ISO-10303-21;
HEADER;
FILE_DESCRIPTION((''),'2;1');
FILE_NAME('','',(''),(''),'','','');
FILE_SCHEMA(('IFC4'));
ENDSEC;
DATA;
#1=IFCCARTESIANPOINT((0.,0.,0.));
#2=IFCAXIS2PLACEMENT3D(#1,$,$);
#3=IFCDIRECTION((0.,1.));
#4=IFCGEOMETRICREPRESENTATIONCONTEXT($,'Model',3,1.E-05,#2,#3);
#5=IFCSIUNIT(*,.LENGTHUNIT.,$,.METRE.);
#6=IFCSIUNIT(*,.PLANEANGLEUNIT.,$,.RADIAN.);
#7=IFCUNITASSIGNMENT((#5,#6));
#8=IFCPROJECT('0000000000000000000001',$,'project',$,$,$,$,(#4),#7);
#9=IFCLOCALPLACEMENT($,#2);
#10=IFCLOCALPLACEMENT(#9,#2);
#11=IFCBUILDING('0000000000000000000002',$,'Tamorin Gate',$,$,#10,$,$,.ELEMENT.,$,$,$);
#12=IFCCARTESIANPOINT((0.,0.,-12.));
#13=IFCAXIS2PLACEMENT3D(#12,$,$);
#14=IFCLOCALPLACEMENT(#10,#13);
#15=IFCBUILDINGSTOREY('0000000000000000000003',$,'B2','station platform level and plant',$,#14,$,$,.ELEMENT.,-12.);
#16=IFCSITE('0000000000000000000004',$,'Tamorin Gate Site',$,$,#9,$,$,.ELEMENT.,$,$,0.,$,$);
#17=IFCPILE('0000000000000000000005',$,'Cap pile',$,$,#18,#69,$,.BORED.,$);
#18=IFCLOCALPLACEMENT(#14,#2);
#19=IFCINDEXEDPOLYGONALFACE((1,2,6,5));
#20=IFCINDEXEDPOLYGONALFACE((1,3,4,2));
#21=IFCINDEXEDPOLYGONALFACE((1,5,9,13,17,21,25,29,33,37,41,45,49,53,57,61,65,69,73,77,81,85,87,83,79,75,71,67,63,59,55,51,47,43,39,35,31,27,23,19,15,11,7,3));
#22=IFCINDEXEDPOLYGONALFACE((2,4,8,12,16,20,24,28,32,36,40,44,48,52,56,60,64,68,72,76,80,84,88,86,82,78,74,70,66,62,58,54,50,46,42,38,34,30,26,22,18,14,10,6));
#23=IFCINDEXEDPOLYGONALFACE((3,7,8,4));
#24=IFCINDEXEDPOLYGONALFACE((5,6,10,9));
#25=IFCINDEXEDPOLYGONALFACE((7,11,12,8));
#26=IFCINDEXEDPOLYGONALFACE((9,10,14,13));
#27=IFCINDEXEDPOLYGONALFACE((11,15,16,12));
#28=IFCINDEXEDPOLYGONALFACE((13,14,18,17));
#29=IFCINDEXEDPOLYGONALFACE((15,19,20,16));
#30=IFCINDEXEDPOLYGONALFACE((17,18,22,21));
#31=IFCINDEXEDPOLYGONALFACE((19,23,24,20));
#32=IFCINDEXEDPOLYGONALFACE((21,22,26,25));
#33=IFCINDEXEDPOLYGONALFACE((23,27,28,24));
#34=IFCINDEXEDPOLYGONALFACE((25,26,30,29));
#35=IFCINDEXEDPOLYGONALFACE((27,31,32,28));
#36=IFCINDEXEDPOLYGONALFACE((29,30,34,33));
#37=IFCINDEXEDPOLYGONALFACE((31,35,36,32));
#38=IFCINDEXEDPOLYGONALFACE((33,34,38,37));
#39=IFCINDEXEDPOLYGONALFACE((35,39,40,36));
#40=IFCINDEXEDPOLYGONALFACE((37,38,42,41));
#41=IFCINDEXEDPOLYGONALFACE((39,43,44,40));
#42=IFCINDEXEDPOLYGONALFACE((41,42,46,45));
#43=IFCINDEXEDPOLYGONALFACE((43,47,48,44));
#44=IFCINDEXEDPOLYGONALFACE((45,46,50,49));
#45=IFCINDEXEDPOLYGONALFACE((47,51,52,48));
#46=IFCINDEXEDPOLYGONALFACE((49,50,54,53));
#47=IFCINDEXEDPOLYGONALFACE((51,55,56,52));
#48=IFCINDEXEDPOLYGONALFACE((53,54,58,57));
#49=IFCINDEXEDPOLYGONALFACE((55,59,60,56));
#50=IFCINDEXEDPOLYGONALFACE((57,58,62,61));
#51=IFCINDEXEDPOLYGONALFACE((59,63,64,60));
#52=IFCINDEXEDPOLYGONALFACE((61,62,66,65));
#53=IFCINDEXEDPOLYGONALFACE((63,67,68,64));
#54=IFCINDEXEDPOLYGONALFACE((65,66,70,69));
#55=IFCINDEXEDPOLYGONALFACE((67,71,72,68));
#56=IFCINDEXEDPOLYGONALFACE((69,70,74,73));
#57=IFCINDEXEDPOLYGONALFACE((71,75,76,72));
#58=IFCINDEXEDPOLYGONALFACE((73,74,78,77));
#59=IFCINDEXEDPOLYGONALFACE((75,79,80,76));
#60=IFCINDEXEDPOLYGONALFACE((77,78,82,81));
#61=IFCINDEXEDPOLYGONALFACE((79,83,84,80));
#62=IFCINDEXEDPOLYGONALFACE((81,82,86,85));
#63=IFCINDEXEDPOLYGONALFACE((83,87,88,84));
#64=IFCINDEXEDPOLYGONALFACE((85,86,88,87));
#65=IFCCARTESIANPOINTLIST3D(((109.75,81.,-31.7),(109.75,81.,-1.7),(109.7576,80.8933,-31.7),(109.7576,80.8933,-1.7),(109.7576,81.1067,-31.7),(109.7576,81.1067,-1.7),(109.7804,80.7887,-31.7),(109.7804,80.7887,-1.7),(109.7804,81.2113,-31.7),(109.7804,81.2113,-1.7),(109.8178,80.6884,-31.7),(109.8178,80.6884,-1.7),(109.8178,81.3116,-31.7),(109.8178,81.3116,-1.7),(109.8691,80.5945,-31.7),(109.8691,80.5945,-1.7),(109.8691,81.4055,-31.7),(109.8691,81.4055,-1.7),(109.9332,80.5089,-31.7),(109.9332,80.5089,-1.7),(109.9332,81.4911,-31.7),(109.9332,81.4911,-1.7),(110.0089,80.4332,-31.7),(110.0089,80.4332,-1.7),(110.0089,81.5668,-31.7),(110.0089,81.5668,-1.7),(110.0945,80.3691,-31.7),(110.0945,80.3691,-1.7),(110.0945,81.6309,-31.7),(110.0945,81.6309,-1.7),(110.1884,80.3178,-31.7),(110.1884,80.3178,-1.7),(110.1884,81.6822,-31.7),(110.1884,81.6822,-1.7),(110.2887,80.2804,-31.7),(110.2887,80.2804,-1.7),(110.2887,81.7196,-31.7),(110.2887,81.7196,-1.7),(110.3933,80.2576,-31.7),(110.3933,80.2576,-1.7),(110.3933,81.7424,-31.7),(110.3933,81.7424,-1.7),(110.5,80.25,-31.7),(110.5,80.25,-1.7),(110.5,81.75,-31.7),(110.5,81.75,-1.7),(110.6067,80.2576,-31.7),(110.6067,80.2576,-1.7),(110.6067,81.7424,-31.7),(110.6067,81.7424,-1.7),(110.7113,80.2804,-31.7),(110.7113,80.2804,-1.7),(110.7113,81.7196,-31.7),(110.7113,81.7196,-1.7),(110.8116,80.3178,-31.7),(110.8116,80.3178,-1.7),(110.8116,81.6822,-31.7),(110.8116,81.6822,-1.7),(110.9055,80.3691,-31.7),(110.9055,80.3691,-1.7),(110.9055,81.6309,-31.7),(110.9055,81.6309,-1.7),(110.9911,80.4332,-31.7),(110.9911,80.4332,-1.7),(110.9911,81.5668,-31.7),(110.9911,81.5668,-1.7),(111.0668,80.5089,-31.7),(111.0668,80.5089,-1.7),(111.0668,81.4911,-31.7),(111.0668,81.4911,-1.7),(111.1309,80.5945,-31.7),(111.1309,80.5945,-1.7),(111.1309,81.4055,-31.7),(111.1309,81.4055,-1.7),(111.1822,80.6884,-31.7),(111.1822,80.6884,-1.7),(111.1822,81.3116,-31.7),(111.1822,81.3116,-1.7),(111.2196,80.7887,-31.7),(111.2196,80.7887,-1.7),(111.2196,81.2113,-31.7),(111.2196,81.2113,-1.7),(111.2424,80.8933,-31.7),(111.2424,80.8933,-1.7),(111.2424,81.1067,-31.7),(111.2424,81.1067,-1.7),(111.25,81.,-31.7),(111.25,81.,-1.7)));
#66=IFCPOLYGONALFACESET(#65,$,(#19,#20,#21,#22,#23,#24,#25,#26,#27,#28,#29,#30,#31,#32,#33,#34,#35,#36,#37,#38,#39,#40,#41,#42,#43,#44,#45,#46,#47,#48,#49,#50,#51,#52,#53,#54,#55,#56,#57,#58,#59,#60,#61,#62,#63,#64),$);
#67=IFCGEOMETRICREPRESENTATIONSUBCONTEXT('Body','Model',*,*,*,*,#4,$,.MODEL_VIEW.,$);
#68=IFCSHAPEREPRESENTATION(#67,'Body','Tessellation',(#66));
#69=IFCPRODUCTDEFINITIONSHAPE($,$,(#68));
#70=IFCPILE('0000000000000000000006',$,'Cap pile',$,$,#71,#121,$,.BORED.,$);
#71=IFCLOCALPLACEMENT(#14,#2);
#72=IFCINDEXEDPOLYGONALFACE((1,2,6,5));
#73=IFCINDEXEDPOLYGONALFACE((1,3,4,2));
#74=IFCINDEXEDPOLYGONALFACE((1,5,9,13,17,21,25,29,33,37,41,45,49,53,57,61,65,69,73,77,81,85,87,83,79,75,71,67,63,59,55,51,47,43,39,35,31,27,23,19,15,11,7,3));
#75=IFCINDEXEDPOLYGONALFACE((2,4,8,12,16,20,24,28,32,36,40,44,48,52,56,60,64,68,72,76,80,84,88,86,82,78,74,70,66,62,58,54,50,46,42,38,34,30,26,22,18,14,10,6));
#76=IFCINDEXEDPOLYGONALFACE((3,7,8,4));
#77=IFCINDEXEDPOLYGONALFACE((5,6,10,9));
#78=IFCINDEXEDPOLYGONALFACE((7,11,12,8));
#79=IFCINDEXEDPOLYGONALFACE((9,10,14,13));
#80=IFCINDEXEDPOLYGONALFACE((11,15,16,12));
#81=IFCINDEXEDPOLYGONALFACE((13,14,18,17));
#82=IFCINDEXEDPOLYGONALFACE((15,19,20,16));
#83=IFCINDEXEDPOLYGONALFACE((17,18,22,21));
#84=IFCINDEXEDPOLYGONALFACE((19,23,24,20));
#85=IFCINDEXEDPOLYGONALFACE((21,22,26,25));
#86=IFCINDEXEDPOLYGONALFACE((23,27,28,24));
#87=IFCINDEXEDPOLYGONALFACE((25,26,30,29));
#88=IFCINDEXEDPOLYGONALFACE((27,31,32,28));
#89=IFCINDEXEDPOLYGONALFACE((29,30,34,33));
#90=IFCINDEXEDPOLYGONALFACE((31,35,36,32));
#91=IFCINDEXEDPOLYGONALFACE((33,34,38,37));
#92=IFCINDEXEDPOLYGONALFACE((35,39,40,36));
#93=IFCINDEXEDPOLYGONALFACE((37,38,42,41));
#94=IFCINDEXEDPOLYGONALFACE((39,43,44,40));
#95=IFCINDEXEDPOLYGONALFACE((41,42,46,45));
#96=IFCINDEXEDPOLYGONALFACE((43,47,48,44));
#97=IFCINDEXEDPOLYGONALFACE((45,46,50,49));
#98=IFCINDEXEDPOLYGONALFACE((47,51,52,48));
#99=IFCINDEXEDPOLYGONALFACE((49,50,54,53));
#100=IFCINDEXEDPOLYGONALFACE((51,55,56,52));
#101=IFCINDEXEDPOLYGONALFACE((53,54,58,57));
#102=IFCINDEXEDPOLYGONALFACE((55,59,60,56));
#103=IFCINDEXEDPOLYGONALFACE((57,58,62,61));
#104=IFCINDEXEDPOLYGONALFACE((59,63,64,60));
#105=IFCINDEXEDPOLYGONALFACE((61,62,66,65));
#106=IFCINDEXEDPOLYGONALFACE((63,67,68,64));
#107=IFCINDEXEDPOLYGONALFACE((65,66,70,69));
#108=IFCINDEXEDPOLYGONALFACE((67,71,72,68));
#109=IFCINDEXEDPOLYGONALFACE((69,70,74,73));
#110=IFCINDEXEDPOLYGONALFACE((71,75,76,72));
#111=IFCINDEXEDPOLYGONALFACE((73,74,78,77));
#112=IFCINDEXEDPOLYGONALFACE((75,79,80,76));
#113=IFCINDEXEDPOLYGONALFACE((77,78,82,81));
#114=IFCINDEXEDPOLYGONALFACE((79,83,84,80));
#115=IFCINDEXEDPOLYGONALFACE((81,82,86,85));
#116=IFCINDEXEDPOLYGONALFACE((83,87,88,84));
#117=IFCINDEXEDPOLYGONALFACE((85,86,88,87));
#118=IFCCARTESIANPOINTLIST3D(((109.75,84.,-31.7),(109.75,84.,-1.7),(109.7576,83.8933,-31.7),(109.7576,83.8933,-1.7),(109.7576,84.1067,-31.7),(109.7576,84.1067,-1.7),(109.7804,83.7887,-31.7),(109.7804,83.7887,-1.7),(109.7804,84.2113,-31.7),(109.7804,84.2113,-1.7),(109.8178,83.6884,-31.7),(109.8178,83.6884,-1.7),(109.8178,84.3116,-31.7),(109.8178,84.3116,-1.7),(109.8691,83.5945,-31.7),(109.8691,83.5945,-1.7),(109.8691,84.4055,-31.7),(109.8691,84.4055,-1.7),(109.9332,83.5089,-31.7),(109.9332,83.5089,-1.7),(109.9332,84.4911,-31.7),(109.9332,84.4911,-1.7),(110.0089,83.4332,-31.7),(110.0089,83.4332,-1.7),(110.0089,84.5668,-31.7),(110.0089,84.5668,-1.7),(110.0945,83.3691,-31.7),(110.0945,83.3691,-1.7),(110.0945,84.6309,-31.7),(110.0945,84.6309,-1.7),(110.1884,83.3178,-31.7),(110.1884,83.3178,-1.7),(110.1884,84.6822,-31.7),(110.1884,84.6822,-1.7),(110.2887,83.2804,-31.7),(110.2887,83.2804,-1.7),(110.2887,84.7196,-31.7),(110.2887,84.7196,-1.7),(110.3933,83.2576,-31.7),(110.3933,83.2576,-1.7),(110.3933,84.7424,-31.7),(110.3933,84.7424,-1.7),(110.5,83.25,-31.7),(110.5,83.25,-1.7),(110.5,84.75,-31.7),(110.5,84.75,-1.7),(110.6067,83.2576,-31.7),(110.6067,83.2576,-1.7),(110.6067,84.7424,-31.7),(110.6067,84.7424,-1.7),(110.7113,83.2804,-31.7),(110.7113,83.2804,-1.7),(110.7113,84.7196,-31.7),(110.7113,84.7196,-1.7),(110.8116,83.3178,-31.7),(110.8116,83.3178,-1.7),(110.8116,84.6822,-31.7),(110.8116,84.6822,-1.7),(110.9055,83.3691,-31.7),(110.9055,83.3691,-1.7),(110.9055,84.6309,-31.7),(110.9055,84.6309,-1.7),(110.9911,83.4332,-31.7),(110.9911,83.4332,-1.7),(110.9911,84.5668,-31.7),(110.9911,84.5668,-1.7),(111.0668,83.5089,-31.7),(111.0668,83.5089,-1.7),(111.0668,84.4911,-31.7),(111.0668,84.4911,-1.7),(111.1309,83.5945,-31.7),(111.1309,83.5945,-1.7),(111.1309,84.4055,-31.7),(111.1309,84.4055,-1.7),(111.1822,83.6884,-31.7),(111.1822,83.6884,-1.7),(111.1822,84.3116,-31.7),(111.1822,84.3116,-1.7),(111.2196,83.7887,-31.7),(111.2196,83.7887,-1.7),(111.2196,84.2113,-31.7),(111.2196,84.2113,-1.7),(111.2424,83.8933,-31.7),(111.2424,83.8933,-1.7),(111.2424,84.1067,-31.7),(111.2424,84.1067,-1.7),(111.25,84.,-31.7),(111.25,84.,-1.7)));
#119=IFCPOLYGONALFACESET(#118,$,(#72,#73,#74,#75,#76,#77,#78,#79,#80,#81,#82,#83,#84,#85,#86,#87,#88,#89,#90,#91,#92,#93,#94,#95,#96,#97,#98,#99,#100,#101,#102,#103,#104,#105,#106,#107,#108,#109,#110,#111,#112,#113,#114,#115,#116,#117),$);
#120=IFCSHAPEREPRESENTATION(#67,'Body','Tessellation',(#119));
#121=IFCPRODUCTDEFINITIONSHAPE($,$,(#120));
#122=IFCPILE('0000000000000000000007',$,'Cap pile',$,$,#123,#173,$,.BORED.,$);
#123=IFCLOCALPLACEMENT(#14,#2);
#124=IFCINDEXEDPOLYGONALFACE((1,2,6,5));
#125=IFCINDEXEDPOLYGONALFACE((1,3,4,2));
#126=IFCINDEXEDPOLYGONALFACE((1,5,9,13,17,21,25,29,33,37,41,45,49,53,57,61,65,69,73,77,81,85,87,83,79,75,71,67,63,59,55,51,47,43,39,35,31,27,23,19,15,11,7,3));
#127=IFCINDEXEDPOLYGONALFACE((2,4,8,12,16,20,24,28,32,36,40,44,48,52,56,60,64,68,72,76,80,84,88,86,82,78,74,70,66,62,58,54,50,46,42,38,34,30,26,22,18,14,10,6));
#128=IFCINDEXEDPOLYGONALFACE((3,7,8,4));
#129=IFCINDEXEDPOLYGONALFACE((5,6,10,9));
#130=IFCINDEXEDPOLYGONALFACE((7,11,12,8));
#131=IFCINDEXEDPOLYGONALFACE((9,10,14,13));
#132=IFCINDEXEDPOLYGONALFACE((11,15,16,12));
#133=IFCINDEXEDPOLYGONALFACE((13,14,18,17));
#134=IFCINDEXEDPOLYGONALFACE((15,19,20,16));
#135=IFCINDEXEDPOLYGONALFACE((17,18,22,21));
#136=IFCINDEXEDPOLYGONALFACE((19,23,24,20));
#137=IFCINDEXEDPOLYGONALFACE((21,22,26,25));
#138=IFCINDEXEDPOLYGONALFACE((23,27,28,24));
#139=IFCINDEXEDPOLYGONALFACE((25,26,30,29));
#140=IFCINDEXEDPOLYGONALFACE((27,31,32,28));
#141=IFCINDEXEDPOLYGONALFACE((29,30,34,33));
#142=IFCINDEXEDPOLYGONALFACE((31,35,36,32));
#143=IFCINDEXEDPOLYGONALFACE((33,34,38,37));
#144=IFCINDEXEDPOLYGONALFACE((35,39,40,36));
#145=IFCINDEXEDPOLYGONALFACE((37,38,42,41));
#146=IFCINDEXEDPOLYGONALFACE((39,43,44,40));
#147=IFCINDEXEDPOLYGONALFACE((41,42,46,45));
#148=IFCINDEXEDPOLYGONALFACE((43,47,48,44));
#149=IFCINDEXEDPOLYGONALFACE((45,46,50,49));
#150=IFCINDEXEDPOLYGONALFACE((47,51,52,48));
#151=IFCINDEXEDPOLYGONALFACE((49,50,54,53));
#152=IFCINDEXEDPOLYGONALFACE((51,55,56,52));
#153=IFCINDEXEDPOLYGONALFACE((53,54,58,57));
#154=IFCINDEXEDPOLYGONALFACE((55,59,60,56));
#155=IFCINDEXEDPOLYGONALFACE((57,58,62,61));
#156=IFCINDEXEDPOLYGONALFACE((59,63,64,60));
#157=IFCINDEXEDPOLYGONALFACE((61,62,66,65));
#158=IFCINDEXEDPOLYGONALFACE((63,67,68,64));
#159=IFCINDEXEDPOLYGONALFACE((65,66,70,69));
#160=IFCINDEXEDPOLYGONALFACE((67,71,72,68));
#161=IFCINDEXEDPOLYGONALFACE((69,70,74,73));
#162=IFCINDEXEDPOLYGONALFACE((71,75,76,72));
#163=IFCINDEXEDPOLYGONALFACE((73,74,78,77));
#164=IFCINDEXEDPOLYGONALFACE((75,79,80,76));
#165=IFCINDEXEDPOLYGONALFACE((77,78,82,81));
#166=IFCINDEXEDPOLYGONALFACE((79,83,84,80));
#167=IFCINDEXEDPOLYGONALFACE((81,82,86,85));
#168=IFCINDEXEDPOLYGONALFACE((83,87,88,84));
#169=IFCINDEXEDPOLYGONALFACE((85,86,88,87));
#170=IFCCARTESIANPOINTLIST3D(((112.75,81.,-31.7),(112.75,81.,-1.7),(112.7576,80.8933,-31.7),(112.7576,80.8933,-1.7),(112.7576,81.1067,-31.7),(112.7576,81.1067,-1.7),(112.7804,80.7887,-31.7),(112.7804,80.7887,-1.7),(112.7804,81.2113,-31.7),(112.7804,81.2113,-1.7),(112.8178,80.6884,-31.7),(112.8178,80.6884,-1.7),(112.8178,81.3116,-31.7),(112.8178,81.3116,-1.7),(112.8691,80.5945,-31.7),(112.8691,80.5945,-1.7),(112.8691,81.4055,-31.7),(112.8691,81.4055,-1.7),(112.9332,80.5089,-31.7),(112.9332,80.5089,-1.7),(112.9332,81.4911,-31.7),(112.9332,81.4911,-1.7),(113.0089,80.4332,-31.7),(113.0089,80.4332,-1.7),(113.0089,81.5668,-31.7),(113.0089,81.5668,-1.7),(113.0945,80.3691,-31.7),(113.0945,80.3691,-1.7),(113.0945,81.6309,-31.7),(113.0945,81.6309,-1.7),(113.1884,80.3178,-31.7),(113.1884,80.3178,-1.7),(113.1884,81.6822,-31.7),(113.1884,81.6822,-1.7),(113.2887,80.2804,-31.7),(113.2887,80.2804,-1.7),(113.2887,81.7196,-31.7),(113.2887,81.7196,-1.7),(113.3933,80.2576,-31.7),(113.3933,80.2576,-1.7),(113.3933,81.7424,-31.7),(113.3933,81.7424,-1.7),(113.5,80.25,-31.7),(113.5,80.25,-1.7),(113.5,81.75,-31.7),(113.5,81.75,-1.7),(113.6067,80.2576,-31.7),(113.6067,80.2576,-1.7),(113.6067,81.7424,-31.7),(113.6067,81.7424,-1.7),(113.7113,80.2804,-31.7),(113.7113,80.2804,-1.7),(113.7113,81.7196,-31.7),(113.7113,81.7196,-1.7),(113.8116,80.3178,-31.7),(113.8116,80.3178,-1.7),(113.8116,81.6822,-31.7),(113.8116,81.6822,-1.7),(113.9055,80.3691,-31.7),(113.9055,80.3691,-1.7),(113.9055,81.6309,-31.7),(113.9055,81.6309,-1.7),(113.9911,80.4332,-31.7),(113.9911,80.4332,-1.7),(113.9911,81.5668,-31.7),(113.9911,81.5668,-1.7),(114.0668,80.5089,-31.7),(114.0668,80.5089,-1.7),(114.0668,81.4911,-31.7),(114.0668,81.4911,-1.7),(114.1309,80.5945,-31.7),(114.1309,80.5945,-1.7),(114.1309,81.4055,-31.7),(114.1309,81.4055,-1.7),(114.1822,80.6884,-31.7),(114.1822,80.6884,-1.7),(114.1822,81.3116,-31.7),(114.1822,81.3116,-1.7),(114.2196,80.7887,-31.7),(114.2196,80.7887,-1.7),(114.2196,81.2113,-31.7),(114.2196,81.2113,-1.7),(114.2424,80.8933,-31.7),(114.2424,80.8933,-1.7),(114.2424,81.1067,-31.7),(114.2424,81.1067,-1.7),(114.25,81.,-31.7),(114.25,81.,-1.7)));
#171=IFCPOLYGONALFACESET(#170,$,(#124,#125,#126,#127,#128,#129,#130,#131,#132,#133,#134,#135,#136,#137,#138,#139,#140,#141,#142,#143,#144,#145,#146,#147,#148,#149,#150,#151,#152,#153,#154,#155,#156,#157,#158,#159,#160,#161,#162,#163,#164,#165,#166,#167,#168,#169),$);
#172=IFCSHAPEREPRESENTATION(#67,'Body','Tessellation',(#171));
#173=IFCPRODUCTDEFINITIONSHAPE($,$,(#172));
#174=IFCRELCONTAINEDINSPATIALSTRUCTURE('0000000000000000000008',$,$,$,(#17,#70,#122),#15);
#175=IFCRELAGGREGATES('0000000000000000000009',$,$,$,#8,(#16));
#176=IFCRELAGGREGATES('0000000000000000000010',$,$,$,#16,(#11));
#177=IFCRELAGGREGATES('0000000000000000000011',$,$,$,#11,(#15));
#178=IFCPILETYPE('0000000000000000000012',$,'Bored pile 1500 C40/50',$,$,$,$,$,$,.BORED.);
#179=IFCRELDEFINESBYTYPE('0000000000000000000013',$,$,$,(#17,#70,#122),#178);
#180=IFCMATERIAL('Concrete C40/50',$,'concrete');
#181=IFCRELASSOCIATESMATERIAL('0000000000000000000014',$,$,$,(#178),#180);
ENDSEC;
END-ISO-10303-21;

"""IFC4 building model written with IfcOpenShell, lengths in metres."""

from ifc_helpers import new_model, si_unit, direction, frame, origin, origin_2d, place, context, subcontext, project, spatial, circle, extrude, material, material_profile, profile_set, type_object, element, save


model = new_model("IFC4")

# Units and contexts
model_context = context("Model", 3, precision=1e-05, world=origin(), true_north=direction((0.0, 1.0)))
body_context = subcontext(model_context, "Body", "Model", "MODEL_VIEW")
ifc_project = project(units=[si_unit("LENGTHUNIT", "METRE"), si_unit("PLANEANGLEUNIT", "RADIAN")], contexts=[model_context])

# Site, building, storey
site_placement = place(None, origin())
site = spatial("IfcSite", under=ifc_project, at=site_placement, Name="Tamorin Gate Site", CompositionType="ELEMENT", RefElevation=0.0)
building_placement = place(site_placement, origin())
building = spatial("IfcBuilding", under=site, at=building_placement, Name="Tamorin Gate", CompositionType="ELEMENT")
storey_placement = place(building_placement, frame((0.0, 0.0, -12.0)))
storey = spatial("IfcBuildingStorey", under=building, at=storey_placement, Name="B2", Description="station platform level and plant", CompositionType="ELEMENT", Elevation=-12.0)

# Piles
ifc_material_1 = material(Name="Concrete C40/50", Category="concrete")
ifc_material_profile_1 = material_profile(ifc_material_1, circle(Radius=0.75, at=origin_2d()))
ifc_profile_set_1 = profile_set([ifc_material_profile_1], Name="Concrete C40/50")
pile_type = type_object("IfcPileType", Name="Bored pile 1500 C40/50", PredefinedType="BORED", material=ifc_profile_set_1)
for number, where, z_axis, x_axis, name in (
    (1, (110.5, 81.0, -1.7), (0.0, 0.0, -1.0), (1.0, 0.0, 0.0), "Cap pile"),
    (2, (110.5, 84.0, -1.7), (0.0, 0.0, -1.0), (1.0, 0.0, 0.0), "Cap pile"),
    (3, (113.5, 81.0, -1.7), (0.0, 0.0, -1.0), (1.0, 0.0, 0.0), "Cap pile"),
):
    element("IfcPile", number, at=place(storey_placement, frame(where, z_axis=z_axis, x_axis=x_axis)), inside=storey, type_object=pile_type, Name=name, PredefinedType="BORED", context=body_context, shape_type="SweptSolid", body=[
        extrude(circle(Radius=0.75, at=origin_2d()), origin(), (0.0, 0.0, 1.0), 30.0),
    ])

save(model, "model.ifc")
